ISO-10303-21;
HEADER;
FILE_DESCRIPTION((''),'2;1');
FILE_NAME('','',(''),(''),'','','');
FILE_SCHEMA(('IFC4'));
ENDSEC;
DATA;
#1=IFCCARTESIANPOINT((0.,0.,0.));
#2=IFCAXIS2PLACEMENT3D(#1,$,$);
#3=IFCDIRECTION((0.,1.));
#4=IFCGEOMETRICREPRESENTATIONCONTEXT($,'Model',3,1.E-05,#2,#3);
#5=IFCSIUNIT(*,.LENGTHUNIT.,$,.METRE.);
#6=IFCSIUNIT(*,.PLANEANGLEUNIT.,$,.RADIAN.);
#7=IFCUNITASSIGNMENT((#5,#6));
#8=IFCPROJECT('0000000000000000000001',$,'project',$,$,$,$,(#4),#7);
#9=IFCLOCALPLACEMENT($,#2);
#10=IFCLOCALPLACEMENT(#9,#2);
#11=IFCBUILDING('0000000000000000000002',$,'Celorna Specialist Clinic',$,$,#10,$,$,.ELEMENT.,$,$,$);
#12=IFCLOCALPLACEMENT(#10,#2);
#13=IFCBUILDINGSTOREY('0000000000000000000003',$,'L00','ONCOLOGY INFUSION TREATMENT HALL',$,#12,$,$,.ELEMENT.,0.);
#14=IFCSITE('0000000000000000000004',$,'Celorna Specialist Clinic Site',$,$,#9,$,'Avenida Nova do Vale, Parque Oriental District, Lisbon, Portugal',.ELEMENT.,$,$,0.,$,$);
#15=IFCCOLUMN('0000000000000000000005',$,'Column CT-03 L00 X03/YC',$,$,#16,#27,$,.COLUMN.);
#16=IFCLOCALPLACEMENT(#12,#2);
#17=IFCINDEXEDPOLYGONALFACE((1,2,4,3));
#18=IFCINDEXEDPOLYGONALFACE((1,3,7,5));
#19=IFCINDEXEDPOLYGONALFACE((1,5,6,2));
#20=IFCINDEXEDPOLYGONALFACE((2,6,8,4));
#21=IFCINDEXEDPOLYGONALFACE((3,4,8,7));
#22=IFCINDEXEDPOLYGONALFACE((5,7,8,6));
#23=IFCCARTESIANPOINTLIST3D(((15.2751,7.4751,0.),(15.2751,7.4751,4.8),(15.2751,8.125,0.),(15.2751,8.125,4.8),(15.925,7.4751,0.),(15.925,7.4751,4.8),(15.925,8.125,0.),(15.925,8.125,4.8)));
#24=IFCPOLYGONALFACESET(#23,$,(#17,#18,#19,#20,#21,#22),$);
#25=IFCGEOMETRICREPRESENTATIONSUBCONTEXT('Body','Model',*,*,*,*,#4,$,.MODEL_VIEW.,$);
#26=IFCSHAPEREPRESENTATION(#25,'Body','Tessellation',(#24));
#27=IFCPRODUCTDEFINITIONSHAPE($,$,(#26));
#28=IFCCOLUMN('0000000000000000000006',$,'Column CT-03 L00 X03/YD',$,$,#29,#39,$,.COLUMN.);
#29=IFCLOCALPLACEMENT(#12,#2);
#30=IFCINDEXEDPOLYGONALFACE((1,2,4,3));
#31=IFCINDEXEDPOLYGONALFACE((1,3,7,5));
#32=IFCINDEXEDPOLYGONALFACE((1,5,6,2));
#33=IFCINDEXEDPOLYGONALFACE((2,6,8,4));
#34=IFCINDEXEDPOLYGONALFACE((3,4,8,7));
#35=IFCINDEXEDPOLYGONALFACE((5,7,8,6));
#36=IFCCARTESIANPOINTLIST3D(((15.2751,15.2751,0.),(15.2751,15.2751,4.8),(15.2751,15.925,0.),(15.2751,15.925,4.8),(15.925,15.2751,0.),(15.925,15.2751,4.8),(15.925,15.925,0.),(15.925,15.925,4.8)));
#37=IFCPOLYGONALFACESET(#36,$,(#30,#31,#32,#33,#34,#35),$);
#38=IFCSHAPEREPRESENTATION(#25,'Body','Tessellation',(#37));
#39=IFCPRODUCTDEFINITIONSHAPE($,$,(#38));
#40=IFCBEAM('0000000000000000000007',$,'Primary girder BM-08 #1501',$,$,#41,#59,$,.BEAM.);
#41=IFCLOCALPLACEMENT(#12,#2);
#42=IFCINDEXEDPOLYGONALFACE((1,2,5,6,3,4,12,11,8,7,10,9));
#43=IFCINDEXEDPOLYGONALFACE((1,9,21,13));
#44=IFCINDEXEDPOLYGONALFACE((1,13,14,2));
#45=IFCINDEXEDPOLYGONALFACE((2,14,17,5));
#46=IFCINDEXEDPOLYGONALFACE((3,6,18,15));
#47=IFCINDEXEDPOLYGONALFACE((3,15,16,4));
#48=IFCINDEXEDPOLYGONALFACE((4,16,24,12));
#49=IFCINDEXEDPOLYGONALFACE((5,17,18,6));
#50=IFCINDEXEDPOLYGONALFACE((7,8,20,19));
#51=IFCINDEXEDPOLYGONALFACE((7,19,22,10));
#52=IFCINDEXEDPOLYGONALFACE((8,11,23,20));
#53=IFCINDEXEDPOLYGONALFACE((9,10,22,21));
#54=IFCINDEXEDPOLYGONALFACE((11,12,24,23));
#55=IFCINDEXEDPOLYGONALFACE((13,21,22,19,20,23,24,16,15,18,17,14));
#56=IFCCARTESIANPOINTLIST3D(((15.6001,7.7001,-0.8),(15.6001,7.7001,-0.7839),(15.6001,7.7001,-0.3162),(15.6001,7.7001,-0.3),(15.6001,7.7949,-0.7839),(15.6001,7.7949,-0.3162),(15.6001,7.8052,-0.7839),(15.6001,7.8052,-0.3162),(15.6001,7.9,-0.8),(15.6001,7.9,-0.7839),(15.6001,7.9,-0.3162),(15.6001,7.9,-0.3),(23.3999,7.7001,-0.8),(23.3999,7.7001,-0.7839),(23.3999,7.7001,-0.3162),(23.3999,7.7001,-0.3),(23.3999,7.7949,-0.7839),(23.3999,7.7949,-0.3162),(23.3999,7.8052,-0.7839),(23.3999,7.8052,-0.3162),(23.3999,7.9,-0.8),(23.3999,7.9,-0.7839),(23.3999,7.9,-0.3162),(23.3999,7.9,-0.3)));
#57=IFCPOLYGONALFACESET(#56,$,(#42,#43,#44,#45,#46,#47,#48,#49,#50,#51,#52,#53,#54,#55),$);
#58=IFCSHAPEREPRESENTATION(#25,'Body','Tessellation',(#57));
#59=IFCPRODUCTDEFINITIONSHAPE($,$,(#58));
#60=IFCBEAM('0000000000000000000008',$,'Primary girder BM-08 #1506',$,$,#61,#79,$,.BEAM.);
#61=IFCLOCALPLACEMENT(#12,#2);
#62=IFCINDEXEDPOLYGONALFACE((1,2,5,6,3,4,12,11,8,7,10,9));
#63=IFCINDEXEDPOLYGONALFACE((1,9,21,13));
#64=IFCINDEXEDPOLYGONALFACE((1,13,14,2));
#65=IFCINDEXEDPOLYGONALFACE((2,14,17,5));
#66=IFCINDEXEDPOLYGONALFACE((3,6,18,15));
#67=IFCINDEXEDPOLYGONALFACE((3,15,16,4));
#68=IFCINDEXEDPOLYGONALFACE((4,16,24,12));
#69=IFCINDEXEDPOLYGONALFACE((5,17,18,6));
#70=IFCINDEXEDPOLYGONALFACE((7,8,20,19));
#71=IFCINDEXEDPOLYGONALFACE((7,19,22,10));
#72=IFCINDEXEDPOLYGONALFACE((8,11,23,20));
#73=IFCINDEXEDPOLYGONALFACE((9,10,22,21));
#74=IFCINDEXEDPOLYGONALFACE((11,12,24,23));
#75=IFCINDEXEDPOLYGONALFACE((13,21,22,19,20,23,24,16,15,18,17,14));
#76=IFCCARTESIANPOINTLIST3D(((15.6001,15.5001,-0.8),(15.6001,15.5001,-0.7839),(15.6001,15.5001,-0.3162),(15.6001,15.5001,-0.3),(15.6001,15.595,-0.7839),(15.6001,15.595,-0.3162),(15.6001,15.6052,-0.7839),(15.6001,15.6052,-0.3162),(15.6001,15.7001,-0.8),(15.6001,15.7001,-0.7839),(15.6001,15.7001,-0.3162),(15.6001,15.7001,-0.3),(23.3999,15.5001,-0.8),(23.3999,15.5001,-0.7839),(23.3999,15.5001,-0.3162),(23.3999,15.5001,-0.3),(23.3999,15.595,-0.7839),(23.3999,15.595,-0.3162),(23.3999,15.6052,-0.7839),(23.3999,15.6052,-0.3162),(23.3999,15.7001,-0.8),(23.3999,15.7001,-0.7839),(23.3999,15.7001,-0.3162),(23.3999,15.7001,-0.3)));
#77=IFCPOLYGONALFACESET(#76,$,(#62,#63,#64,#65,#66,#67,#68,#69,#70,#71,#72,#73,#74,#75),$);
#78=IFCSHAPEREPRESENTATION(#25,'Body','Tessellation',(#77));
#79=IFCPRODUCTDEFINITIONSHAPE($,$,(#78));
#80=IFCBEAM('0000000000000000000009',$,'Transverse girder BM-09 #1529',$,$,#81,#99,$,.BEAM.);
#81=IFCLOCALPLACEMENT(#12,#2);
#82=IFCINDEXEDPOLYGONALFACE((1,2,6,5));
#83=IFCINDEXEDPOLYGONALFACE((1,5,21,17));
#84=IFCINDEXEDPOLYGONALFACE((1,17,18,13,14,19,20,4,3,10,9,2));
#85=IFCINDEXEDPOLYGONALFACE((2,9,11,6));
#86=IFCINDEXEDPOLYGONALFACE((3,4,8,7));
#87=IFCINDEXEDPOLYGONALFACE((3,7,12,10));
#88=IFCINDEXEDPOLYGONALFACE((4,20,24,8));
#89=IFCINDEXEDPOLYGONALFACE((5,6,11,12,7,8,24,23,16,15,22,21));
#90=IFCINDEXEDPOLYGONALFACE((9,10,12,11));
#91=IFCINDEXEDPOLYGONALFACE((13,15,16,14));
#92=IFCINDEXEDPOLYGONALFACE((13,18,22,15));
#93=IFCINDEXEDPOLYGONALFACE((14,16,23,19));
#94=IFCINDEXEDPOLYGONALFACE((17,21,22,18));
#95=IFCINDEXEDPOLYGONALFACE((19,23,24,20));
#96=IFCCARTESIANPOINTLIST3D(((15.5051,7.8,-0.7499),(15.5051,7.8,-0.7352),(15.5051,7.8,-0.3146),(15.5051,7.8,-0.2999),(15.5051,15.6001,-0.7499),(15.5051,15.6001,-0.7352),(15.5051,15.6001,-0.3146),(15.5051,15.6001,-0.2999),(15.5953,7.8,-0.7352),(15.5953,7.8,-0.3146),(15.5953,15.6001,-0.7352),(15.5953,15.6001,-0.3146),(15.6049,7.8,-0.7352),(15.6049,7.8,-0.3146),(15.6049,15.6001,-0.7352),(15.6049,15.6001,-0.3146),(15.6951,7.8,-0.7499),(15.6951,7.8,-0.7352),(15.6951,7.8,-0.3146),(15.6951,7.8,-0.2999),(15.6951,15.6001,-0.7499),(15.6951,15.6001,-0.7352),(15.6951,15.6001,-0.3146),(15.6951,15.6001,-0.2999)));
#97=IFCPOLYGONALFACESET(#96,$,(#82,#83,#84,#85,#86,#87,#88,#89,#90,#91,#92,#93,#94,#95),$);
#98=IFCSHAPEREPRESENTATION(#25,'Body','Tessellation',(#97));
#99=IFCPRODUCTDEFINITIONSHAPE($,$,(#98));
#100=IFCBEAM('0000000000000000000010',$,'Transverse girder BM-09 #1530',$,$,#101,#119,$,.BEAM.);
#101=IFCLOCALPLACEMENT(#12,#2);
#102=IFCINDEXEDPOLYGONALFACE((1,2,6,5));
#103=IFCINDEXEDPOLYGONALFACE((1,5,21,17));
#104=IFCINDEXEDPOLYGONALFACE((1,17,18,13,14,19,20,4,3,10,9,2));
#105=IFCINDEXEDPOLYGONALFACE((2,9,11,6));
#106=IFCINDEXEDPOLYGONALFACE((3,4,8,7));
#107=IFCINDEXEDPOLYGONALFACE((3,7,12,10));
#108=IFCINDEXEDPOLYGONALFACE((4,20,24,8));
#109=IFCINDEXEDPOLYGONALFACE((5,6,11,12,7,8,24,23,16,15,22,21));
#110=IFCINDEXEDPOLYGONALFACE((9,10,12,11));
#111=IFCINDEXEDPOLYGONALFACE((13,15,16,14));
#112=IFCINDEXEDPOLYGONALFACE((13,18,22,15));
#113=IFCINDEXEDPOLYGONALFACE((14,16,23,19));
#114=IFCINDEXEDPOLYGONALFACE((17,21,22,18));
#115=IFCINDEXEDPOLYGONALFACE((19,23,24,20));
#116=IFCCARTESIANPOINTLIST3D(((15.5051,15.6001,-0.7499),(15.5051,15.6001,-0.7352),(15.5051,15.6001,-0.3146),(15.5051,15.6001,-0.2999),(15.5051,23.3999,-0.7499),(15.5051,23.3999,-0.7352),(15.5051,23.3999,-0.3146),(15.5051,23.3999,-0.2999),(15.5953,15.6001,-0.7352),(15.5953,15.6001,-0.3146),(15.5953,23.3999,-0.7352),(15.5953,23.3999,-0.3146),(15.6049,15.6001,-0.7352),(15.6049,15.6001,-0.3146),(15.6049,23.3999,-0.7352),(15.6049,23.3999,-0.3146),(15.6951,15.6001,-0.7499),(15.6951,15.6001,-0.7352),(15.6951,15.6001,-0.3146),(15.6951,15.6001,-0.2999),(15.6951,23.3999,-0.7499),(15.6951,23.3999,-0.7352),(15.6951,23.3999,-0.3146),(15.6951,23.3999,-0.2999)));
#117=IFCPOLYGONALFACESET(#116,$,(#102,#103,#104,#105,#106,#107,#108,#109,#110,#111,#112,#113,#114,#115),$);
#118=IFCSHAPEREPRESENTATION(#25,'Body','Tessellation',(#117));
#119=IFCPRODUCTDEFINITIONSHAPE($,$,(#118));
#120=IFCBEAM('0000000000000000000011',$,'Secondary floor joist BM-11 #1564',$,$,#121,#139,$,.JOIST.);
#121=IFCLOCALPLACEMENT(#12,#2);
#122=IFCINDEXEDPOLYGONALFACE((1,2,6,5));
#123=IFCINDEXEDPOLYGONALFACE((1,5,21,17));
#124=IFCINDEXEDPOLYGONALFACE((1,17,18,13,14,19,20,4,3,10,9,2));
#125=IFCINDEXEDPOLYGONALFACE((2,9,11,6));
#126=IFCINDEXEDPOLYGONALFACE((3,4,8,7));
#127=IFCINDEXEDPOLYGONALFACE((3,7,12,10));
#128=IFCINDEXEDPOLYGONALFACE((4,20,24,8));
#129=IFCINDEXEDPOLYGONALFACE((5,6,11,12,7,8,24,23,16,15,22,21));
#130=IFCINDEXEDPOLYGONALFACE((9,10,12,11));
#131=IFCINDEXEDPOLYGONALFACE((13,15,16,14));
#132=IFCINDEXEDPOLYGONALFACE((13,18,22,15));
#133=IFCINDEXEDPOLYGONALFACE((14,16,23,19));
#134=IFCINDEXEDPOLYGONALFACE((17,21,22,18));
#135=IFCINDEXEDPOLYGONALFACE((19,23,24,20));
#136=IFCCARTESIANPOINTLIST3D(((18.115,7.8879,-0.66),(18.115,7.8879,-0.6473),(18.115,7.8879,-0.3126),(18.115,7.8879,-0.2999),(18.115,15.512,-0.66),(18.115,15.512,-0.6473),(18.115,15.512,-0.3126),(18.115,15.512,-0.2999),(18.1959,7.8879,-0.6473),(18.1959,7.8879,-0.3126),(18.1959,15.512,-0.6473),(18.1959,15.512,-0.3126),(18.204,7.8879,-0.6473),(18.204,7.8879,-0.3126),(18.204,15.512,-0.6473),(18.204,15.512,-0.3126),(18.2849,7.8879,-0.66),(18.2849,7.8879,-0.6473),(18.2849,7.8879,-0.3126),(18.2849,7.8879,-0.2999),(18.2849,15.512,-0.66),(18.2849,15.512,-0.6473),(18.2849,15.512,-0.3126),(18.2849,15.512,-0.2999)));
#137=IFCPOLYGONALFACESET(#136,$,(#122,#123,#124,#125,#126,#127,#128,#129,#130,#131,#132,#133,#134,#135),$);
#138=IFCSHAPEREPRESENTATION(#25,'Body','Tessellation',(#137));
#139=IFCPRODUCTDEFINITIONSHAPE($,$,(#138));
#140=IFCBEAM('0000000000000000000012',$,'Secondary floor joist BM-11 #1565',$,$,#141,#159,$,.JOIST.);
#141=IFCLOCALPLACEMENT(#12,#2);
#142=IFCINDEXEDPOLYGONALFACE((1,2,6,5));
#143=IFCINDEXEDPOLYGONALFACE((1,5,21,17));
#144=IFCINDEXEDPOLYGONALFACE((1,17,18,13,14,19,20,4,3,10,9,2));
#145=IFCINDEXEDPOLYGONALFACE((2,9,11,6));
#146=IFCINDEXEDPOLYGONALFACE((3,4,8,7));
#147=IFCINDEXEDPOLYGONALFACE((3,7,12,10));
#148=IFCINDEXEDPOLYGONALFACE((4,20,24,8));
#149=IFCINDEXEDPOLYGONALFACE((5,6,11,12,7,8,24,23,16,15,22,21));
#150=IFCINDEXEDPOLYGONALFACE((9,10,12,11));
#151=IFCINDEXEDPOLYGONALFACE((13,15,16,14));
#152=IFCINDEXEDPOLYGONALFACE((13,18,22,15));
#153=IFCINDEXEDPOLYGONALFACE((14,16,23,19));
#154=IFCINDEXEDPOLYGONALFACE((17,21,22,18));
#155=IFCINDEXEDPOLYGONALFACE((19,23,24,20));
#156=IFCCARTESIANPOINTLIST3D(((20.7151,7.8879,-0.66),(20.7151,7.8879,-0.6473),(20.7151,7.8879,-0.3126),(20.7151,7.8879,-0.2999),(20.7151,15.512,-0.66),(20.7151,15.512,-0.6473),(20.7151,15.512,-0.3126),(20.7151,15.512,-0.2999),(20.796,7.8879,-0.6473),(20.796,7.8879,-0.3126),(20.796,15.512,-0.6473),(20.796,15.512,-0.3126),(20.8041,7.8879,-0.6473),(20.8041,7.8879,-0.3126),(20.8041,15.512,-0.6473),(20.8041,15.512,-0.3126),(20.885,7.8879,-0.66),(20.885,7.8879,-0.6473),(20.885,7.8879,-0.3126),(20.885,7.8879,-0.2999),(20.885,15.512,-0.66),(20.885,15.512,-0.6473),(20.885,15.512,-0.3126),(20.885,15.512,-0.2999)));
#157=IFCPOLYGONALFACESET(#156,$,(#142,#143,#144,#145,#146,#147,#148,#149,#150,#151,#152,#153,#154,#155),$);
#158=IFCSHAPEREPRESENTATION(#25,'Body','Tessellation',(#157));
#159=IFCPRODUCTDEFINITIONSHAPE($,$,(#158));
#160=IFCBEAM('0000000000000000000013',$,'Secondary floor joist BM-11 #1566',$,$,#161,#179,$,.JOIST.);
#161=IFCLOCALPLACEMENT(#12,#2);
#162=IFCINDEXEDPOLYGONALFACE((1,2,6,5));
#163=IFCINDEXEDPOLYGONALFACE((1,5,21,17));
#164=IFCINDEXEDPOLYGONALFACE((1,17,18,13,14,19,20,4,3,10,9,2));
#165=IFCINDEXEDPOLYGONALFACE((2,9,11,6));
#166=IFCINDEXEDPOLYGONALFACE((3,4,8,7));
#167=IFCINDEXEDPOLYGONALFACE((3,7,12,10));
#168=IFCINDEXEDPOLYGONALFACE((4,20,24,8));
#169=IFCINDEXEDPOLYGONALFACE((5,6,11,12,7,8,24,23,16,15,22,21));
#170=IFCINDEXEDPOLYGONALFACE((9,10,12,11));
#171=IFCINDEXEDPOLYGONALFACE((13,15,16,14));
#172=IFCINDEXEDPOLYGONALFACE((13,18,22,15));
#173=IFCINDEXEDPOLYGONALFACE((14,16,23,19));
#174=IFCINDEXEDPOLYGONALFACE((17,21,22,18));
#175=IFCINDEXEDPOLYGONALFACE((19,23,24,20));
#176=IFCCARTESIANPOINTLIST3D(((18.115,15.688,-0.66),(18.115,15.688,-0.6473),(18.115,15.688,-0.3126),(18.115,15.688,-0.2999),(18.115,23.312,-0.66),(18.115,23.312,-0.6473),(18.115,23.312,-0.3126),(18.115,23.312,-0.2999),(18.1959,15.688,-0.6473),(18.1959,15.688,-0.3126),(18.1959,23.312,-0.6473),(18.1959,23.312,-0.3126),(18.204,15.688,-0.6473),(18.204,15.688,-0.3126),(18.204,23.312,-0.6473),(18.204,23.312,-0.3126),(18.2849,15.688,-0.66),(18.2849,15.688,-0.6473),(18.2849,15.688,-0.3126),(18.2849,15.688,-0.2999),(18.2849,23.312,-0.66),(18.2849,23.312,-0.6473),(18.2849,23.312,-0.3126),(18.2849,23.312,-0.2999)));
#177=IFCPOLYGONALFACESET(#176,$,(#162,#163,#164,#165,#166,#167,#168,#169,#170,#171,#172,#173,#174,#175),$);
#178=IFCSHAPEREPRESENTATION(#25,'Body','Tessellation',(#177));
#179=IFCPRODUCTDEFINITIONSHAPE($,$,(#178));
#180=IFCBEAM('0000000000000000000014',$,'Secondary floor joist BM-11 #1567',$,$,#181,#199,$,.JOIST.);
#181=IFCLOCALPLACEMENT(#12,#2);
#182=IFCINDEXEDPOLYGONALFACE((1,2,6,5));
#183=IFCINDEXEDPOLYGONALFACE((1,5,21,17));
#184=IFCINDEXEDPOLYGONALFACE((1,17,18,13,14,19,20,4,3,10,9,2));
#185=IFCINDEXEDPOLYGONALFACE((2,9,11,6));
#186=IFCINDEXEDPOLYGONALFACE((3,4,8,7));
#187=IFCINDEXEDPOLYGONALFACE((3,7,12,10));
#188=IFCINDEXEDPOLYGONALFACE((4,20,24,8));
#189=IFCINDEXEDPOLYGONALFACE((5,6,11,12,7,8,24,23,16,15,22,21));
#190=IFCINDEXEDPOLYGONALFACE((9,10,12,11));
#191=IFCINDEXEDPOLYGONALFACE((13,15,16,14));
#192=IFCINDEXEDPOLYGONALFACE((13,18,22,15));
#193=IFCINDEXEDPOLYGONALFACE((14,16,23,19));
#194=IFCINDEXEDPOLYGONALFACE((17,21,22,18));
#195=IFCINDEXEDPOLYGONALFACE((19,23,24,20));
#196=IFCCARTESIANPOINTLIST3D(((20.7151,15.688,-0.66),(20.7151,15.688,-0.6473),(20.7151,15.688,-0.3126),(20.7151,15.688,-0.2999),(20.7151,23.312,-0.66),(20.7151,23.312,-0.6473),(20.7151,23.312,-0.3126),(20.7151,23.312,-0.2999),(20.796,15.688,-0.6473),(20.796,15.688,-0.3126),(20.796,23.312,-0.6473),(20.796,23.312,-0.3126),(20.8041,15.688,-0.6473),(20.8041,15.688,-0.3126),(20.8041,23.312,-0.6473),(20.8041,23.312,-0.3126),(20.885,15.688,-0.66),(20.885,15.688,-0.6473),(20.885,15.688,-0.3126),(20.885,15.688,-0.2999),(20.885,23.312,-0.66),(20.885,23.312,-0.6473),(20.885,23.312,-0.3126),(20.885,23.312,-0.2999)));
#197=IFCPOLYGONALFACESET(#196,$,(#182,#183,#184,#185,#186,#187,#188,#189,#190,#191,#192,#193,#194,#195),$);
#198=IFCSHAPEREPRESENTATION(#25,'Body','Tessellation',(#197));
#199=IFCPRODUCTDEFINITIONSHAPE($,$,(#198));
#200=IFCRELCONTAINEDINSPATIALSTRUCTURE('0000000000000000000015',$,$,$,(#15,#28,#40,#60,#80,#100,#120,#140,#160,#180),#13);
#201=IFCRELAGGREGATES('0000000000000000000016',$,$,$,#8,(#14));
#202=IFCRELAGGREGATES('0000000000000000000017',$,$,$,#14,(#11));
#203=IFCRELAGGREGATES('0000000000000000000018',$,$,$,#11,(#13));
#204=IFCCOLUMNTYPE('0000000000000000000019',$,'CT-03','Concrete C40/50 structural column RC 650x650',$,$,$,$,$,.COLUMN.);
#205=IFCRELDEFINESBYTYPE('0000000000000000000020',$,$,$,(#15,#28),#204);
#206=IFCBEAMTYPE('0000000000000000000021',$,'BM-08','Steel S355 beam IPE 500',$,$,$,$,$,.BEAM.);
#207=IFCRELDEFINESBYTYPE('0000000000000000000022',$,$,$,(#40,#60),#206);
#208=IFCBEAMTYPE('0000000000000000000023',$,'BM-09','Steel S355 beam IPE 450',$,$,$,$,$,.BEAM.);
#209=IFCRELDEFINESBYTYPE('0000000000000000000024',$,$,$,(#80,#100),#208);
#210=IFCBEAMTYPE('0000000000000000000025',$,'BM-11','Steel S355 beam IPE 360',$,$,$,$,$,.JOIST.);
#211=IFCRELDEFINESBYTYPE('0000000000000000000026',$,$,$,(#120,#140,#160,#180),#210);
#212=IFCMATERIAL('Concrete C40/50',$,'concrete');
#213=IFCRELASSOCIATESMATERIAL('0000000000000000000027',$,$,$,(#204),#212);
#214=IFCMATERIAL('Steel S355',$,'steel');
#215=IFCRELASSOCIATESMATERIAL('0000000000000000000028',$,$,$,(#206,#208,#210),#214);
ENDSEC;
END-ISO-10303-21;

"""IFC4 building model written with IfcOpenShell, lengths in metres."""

from ifc_helpers import new_model, si_unit, direction, frame, origin, origin_2d, place, context, subcontext, project, spatial, rectangle, i_section, extrude, material, material_profile, profile_set, type_object, element, save


model = new_model("IFC4")

# Units and contexts
model_context = context("Model", 3, precision=1e-05, world=origin(), true_north=direction((0.0, 1.0)))
body_context = subcontext(model_context, "Body", "Model", "MODEL_VIEW")
ifc_project = project(units=[si_unit("LENGTHUNIT", "METRE"), si_unit("PLANEANGLEUNIT", "RADIAN")], contexts=[model_context])

# Site, building, storey
site_placement = place(None, origin())
site = spatial("IfcSite", under=ifc_project, at=site_placement, Name="Celorna Specialist Clinic Site", LongName="Avenida Nova do Vale, Parque Oriental District, Lisbon, Portugal", CompositionType="ELEMENT", RefElevation=0.0)
building_placement = place(site_placement, origin())
building = spatial("IfcBuilding", under=site, at=building_placement, Name="Celorna Specialist Clinic", CompositionType="ELEMENT")
storey_placement = place(building_placement, origin())
storey = spatial("IfcBuildingStorey", under=building, at=storey_placement, Name="L00", Description="ONCOLOGY INFUSION TREATMENT HALL", CompositionType="ELEMENT", Elevation=0.0)

# Columns
ifc_material_1 = material(Name="Concrete C40/50", Category="concrete")
ifc_material_profile_1 = material_profile(ifc_material_1, rectangle(XDim=0.6499, YDim=0.6499, at=origin_2d()), Name="RC 650x650")
ifc_profile_set_1 = profile_set([ifc_material_profile_1], Name="Concrete C40/50")
column_type = type_object("IfcColumnType", Name="CT-03", Description="Concrete C40/50 structural column RC 650x650", PredefinedType="COLUMN", material=ifc_profile_set_1)
for number, where, z_axis, x_axis, name in (
    (1, (15.6001, 7.8, 0.0), (0.0, 0.0, 1.0), (1.0, 0.0, 0.0), "Column CT-03 L00 X03/YC"),
    (2, (15.6001, 15.6001, 0.0), (0.0, 0.0, 1.0), (1.0, 0.0, 0.0), "Column CT-03 L00 X03/YD"),
):
    element("IfcColumn", number, at=place(storey_placement, frame(where, z_axis=z_axis, x_axis=x_axis)), inside=storey, type_object=column_type, Name=name, PredefinedType="COLUMN", context=body_context, shape_type="SweptSolid", body=[
        extrude(rectangle(XDim=0.6499, YDim=0.6499, at=origin_2d()), origin(), (0.0, 0.0, 1.0), 4.8),
    ])

# Beams
ifc_material_2 = material(Name="Steel S355", Category="steel")
ifc_material_profile_2 = material_profile(ifc_material_2, i_section(OverallWidth=0.2, OverallDepth=0.5, WebThickness=0.0103, FlangeThickness=0.0161, at=origin_2d()), Name="IPE 500")
ifc_profile_set_2 = profile_set([ifc_material_profile_2], Name="Steel S355")
beam_type_1 = type_object("IfcBeamType", Name="BM-08", Description="Steel S355 beam IPE 500", PredefinedType="BEAM", material=ifc_profile_set_2)
for number, where, z_axis, x_axis, name in (
    (3, (15.6001, 7.8, -0.55), (1.0, 0.0, 0.0), (0.0, 1.0, 0.0), "Primary girder BM-08 #1501"),
    (4, (15.6001, 15.6001, -0.55), (1.0, 0.0, 0.0), (0.0, 1.0, 0.0), "Primary girder BM-08 #1506"),
):
    element("IfcBeam", number, at=place(storey_placement, frame(where, z_axis=z_axis, x_axis=x_axis)), inside=storey, type_object=beam_type_1, Name=name, PredefinedType="BEAM", context=body_context, shape_type="SweptSolid", body=[
        extrude(i_section(OverallWidth=0.2, OverallDepth=0.5, WebThickness=0.0103, FlangeThickness=0.0161, at=origin_2d()), origin(), (0.0, 0.0, 1.0), 7.7998),
    ])
ifc_material_profile_3 = material_profile(ifc_material_2, i_section(OverallWidth=0.1899, OverallDepth=0.45, WebThickness=0.0095, FlangeThickness=0.0146, at=origin_2d()), Name="IPE 450")
ifc_profile_set_3 = profile_set([ifc_material_profile_3], Name="Steel S355")
beam_type_2 = type_object("IfcBeamType", Name="BM-09", Description="Steel S355 beam IPE 450", PredefinedType="BEAM", material=ifc_profile_set_3)
beam_1_placement = place(storey_placement, frame((15.6001, 7.8, -0.5249), z_axis=(0.0, 1.0, 0.0), x_axis=(-1.0, 0.0, 0.0)))
element("IfcBeam", 5, at=beam_1_placement, inside=storey, type_object=beam_type_2, Name="Transverse girder BM-09 #1529", PredefinedType="BEAM", context=body_context, shape_type="SweptSolid", body=[
    extrude(i_section(OverallWidth=0.1899, OverallDepth=0.45, WebThickness=0.0095, FlangeThickness=0.0146, at=origin_2d()), origin(), (0.0, 0.0, 1.0), 7.8),
])
beam_2_placement = place(storey_placement, frame((15.6001, 15.6001, -0.5249), z_axis=(0.0, 1.0, 0.0), x_axis=(-1.0, 0.0, 0.0)))
element("IfcBeam", 6, at=beam_2_placement, inside=storey, type_object=beam_type_2, Name="Transverse girder BM-09 #1530", PredefinedType="BEAM", context=body_context, shape_type="SweptSolid", body=[
    extrude(i_section(OverallWidth=0.1899, OverallDepth=0.45, WebThickness=0.0095, FlangeThickness=0.0146, at=origin_2d()), origin(), (0.0, 0.0, 1.0), 7.7998),
])
ifc_material_profile_4 = material_profile(ifc_material_2, i_section(OverallWidth=0.1699, OverallDepth=0.3601, WebThickness=0.0081, FlangeThickness=0.0127, at=origin_2d()), Name="IPE 360")
ifc_profile_set_4 = profile_set([ifc_material_profile_4], Name="Steel S355")
beam_type_3 = type_object("IfcBeamType", Name="BM-11", Description="Steel S355 beam IPE 360", PredefinedType="JOIST", material=ifc_profile_set_4)
for number, where, z_axis, x_axis, name in (
    (7, (18.2, 7.8879, -0.48), (0.0, 1.0, 0.0), (-1.0, 0.0, 0.0), "Secondary floor joist BM-11 #1564"),
    (8, (20.8, 7.8879, -0.48), (0.0, 1.0, 0.0), (-1.0, 0.0, 0.0), "Secondary floor joist BM-11 #1565"),
    (9, (18.2, 15.688, -0.48), (0.0, 1.0, 0.0), (-1.0, 0.0, 0.0), "Secondary floor joist BM-11 #1566"),
    (10, (20.8, 15.688, -0.48), (0.0, 1.0, 0.0), (-1.0, 0.0, 0.0), "Secondary floor joist BM-11 #1567"),
):
    element("IfcBeam", number, at=place(storey_placement, frame(where, z_axis=z_axis, x_axis=x_axis)), inside=storey, type_object=beam_type_3, Name=name, PredefinedType="JOIST", context=body_context, shape_type="SweptSolid", body=[
        extrude(i_section(OverallWidth=0.1699, OverallDepth=0.3601, WebThickness=0.0081, FlangeThickness=0.0127, at=origin_2d()), origin(), (0.0, 0.0, 1.0), 7.624),
    ])

save(model, "model.ifc")
